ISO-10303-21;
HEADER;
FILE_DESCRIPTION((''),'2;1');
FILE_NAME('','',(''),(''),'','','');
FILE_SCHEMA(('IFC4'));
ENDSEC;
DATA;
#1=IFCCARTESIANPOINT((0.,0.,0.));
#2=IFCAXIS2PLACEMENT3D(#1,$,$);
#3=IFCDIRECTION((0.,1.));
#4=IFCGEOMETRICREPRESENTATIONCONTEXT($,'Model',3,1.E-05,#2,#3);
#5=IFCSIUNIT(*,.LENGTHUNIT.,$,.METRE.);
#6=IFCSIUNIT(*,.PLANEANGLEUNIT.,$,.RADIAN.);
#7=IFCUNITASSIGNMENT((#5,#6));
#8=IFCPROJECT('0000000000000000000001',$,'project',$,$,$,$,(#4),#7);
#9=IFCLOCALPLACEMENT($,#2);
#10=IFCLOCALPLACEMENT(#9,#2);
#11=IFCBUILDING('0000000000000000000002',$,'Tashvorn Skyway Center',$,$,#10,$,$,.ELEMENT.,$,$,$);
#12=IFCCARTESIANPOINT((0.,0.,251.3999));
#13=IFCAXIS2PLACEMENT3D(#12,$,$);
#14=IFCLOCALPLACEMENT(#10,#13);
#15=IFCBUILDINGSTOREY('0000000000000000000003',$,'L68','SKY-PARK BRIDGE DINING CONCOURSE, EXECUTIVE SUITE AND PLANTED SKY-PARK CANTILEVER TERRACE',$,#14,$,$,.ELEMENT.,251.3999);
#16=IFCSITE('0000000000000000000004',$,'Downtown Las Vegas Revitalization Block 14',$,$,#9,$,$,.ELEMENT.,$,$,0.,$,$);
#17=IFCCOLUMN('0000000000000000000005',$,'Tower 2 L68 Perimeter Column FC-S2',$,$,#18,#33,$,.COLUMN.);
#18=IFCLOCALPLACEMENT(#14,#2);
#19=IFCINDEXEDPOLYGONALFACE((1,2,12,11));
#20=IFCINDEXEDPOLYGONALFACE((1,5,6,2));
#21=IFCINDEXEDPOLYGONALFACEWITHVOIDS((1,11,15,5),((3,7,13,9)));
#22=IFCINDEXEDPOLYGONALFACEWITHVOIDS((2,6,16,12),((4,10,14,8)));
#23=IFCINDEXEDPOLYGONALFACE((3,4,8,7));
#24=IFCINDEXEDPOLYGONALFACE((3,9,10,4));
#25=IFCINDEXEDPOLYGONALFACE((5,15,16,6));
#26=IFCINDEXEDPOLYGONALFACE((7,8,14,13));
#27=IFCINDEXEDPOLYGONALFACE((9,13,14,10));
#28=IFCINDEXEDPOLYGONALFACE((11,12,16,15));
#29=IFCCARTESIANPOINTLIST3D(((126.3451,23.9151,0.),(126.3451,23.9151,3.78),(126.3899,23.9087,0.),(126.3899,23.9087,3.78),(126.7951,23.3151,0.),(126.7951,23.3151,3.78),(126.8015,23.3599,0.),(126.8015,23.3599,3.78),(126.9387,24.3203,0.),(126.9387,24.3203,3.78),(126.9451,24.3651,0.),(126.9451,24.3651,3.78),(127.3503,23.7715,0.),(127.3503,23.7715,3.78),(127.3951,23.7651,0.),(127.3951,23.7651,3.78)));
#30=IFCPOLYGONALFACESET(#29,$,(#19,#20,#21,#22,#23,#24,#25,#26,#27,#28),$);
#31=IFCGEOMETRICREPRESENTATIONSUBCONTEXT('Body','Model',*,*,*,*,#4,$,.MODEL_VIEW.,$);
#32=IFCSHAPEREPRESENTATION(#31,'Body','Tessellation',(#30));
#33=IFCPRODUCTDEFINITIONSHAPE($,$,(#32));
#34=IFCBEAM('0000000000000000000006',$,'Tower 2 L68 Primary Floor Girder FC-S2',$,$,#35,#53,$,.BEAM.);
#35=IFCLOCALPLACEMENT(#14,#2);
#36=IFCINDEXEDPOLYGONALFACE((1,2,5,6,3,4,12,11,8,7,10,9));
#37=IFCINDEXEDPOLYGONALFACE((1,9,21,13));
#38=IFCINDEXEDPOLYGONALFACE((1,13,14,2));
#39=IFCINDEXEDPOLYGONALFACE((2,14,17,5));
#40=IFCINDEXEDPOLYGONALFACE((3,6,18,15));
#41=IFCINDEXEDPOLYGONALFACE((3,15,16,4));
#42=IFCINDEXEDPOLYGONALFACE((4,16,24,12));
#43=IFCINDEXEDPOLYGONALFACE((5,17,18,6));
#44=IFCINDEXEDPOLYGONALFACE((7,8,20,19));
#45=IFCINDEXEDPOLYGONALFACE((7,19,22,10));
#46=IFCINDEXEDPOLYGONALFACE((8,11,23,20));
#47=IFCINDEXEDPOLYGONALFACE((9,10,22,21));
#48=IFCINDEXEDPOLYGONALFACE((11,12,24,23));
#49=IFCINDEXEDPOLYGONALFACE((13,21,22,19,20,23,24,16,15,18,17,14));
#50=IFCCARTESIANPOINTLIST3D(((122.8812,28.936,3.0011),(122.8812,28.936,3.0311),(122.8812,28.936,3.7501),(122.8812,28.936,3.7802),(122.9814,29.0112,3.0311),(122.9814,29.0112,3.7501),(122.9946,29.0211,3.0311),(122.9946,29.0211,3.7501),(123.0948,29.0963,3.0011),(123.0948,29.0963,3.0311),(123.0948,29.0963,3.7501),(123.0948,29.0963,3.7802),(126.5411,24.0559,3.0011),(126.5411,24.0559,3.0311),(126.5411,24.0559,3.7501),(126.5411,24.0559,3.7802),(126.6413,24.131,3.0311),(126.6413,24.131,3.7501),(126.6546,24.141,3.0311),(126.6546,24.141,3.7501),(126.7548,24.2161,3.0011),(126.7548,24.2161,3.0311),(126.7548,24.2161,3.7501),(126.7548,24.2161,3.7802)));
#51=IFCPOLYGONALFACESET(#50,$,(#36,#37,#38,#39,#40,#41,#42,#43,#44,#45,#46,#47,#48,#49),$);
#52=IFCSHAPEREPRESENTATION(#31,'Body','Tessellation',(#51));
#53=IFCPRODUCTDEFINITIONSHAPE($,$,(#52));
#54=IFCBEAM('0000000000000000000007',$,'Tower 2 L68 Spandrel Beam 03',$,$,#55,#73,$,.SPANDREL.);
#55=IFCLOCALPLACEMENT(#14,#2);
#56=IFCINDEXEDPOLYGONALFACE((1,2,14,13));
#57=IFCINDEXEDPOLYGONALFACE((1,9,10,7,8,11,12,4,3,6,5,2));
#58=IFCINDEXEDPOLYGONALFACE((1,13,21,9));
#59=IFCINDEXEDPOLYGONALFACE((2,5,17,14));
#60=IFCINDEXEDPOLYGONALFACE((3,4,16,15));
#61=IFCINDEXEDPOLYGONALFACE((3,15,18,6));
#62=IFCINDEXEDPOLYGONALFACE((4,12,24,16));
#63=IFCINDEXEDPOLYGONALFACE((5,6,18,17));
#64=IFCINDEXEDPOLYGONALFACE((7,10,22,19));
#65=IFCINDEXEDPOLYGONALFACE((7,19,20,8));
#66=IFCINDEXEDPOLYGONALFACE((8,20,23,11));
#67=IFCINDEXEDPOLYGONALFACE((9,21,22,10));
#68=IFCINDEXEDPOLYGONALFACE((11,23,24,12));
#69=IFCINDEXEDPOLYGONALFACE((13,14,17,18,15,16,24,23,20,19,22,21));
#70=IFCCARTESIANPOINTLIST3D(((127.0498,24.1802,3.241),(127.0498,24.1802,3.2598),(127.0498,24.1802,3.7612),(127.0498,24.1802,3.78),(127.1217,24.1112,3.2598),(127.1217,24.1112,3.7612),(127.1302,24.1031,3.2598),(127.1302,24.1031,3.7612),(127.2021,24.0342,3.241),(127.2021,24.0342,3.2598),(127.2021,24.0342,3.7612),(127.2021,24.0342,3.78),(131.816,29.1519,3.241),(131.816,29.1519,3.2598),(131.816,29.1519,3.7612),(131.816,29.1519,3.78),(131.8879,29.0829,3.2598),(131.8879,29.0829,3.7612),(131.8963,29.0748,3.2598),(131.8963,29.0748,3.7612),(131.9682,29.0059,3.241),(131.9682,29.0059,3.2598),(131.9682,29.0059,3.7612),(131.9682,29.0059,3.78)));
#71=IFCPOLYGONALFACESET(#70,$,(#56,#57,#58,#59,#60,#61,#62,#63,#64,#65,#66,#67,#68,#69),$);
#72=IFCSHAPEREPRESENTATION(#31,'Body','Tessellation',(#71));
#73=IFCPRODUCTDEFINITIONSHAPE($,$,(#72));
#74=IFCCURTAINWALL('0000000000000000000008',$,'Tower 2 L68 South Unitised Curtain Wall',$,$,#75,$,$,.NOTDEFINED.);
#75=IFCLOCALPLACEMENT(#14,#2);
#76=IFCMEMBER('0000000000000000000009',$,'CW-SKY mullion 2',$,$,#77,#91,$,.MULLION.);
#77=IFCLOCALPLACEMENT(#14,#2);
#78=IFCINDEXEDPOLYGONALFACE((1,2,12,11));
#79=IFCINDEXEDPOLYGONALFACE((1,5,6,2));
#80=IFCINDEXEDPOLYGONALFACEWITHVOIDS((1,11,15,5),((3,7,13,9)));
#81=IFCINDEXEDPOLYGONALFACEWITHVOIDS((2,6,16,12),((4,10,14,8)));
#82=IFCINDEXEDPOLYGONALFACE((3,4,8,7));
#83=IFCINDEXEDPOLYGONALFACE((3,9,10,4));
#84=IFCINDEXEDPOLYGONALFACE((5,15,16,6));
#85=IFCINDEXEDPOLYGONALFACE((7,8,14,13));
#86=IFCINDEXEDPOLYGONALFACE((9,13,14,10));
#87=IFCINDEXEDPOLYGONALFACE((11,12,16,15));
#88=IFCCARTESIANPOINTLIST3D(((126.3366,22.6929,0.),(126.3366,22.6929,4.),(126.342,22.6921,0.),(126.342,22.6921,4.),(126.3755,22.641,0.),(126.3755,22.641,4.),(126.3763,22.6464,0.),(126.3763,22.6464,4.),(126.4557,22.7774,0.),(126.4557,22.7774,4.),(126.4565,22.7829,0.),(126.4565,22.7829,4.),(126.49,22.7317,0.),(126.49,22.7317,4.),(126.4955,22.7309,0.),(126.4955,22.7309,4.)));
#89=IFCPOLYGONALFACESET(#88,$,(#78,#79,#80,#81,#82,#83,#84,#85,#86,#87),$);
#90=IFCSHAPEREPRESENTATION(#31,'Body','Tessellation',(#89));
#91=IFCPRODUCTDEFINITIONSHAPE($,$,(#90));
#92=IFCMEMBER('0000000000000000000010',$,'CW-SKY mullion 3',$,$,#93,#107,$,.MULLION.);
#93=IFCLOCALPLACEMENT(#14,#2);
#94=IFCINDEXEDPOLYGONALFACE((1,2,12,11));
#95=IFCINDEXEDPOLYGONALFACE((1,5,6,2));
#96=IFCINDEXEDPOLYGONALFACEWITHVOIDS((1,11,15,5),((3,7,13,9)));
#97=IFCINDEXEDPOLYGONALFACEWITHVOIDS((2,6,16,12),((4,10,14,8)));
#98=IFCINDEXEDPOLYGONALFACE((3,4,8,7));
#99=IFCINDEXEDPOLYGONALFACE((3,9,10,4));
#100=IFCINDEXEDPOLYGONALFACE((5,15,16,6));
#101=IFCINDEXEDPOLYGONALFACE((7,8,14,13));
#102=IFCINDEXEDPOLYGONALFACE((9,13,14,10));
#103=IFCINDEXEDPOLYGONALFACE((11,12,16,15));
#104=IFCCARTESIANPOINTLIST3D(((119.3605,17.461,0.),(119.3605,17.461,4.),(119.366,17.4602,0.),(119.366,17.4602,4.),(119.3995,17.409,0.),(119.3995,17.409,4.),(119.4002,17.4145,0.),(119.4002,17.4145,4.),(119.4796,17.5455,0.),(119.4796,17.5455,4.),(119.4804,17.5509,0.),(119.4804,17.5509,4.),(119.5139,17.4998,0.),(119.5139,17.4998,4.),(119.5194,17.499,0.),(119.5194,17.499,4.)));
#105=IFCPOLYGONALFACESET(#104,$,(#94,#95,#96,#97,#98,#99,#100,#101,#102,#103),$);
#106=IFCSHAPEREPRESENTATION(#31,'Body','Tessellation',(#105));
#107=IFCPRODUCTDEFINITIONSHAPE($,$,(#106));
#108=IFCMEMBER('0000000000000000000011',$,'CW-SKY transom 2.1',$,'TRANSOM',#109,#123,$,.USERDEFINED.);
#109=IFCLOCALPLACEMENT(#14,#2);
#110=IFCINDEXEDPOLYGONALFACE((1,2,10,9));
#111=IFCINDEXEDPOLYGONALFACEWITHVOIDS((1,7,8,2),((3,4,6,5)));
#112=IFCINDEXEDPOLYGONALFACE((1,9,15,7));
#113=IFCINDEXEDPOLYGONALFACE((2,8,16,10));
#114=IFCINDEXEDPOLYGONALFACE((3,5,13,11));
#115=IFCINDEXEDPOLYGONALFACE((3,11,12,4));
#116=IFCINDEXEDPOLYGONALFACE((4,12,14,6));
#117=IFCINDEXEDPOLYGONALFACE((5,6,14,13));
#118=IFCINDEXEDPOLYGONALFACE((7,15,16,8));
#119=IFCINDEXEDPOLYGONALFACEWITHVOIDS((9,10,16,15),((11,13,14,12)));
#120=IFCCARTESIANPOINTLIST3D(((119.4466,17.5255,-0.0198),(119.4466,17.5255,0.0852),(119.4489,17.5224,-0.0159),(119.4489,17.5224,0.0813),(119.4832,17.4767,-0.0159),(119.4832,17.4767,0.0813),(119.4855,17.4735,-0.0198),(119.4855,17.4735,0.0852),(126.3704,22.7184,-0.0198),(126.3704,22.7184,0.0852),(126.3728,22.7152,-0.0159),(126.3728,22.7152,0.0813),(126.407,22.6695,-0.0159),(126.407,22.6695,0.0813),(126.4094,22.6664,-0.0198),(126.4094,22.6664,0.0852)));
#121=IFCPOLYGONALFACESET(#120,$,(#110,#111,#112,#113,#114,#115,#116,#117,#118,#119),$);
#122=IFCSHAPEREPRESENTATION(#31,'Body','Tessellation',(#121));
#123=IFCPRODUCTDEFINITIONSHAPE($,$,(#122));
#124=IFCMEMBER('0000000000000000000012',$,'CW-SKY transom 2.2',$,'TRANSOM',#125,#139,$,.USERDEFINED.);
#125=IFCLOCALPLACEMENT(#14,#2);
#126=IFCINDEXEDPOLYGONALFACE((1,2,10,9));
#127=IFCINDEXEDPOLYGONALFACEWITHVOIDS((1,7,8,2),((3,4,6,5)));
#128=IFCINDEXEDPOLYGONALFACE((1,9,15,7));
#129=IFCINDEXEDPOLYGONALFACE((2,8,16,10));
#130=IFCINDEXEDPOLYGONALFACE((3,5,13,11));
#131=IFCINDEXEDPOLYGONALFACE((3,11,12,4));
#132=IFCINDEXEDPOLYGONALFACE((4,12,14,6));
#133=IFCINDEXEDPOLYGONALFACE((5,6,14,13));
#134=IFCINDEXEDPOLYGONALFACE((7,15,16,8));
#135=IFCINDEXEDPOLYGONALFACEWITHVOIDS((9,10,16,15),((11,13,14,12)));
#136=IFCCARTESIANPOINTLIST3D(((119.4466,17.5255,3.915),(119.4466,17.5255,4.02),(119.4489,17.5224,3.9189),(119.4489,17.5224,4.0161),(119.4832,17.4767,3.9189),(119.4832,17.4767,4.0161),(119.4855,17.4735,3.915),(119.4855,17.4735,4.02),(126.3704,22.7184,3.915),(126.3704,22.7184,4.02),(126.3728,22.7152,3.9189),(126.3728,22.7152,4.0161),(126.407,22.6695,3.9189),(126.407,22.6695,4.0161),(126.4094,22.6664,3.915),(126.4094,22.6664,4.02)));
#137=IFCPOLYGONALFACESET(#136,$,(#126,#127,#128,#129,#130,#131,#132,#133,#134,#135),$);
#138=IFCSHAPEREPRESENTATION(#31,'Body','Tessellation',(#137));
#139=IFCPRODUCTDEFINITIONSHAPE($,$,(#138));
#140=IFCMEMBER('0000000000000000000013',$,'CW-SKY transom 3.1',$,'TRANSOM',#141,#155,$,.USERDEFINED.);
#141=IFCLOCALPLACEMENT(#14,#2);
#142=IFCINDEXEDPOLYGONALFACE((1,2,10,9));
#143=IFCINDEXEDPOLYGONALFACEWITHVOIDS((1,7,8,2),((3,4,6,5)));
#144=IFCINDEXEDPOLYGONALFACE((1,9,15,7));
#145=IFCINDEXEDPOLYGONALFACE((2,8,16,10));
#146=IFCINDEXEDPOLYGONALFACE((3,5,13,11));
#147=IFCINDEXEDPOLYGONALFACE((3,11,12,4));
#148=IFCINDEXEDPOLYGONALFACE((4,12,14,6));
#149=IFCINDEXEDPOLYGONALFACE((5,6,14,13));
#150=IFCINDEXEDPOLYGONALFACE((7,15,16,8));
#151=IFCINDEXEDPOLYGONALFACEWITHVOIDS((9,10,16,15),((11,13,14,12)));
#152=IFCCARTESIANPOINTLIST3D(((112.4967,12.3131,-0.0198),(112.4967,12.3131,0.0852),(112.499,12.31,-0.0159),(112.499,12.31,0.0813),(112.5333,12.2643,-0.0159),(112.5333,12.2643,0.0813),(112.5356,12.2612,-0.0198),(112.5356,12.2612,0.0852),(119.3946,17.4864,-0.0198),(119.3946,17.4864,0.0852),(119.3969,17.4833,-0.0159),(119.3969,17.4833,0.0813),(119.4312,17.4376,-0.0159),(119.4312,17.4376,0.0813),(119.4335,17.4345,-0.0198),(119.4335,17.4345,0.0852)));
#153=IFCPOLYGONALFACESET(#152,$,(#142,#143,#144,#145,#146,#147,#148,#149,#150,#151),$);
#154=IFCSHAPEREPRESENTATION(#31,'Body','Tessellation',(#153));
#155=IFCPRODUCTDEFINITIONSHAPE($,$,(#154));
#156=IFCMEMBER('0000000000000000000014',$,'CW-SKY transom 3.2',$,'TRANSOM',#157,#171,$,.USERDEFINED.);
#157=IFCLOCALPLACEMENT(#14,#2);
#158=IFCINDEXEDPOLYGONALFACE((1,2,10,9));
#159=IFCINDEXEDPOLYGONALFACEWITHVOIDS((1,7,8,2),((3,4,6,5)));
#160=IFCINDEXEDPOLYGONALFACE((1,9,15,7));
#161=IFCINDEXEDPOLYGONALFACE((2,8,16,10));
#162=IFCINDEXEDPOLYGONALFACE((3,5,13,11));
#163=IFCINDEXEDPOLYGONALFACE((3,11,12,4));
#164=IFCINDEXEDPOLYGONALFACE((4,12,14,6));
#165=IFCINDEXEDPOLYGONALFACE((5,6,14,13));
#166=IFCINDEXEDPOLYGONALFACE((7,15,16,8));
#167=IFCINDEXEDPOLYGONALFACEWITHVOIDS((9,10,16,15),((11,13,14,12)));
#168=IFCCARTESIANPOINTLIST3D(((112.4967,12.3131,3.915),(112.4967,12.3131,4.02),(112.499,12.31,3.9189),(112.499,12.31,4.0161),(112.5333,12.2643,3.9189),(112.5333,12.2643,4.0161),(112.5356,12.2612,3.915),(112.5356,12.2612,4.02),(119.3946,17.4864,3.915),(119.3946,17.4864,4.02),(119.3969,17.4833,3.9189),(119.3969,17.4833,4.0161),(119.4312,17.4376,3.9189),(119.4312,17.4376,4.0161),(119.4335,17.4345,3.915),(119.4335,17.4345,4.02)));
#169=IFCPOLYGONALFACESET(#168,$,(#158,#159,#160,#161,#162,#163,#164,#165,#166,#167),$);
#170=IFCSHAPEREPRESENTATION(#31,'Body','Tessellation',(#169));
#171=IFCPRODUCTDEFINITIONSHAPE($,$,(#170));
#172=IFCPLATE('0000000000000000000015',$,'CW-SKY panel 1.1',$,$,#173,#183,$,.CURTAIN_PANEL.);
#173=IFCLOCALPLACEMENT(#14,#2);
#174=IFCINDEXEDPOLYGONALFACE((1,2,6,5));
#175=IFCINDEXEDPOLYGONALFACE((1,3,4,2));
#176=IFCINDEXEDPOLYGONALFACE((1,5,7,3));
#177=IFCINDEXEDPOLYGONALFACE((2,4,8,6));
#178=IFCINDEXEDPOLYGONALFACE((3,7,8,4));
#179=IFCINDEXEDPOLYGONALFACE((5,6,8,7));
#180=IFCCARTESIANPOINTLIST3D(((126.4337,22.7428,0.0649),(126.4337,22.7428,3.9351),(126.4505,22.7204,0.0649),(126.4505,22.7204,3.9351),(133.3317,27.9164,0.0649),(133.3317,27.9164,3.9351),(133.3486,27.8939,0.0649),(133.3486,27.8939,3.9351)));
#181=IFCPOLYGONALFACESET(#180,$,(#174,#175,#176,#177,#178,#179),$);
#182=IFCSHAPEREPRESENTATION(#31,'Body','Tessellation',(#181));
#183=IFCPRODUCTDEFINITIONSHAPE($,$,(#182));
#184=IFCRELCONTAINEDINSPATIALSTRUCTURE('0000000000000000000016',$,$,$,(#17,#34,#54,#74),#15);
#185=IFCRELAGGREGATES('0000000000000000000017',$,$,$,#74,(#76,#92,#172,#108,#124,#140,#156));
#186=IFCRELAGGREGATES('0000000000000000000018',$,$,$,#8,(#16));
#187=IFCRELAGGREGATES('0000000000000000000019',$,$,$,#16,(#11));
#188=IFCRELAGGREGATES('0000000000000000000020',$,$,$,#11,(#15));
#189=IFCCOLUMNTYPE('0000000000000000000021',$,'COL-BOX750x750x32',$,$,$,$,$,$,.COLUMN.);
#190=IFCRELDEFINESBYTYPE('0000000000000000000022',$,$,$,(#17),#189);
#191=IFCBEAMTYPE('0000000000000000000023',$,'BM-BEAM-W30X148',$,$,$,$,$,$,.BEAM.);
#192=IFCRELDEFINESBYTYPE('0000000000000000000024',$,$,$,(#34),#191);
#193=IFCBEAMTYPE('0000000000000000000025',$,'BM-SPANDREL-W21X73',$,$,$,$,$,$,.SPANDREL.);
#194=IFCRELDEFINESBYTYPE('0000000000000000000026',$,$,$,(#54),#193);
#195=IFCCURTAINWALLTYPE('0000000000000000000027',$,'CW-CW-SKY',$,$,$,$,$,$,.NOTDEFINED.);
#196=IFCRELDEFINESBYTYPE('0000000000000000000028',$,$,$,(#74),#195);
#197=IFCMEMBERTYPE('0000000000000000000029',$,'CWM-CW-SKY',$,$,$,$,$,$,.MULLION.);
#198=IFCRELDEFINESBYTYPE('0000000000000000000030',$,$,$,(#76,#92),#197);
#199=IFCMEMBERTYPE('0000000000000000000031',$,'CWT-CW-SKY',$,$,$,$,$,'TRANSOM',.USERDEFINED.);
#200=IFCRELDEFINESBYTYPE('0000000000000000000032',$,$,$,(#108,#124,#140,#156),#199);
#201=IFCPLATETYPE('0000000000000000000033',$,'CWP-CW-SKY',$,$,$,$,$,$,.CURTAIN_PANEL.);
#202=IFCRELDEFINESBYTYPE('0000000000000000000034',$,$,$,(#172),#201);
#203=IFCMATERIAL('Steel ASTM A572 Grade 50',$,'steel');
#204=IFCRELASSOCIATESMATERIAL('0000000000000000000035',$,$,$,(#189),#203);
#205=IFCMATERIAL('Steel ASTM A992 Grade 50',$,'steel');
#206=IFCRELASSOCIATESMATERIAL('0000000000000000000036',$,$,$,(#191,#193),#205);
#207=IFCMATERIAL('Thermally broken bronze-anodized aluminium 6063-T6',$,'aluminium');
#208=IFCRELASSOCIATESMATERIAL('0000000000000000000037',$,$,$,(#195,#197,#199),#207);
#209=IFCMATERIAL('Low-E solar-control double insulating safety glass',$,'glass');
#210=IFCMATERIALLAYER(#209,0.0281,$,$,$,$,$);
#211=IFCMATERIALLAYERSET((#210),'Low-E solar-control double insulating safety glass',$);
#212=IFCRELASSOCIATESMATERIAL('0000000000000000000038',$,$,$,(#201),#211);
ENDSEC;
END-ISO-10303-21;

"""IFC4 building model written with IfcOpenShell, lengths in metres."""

from ifc_helpers import new_model, si_unit, direction, frame, origin, origin_2d, place, context, subcontext, project, spatial, rectangle, hollow_rectangle, i_section, extrude, material, layer, layer_set, material_profile, profile_set, type_object, element, aggregate, save


model = new_model("IFC4")

# Units and contexts
model_context = context("Model", 3, precision=1e-05, world=origin(), true_north=direction((0.0, 1.0)))
body_context = subcontext(model_context, "Body", "Model", "MODEL_VIEW")
ifc_project = project(units=[si_unit("LENGTHUNIT", "METRE"), si_unit("PLANEANGLEUNIT", "RADIAN")], contexts=[model_context])

# Site, building, storey
site_placement = place(None, origin())
site = spatial("IfcSite", under=ifc_project, at=site_placement, Name="Downtown Las Vegas Revitalization Block 14", CompositionType="ELEMENT", RefElevation=0.0)
building_placement = place(site_placement, origin())
building = spatial("IfcBuilding", under=site, at=building_placement, Name="Tashvorn Skyway Center", CompositionType="ELEMENT")
storey_placement = place(building_placement, frame((0.0, 0.0, 251.3999)))
storey = spatial("IfcBuildingStorey", under=building, at=storey_placement, Name="L68", Description="SKY-PARK BRIDGE DINING CONCOURSE, EXECUTIVE SUITE AND PLANTED SKY-PARK CANTILEVER TERRACE", CompositionType="ELEMENT", Elevation=251.3999)

# Column
ifc_material_1 = material(Name="Steel ASTM A572 Grade 50", Category="steel")
ifc_material_profile_1 = material_profile(ifc_material_1, hollow_rectangle(XDim=0.75, YDim=0.75, WallThickness=0.032, at=origin_2d()), Name="BOX750x750x32")
ifc_profile_set_1 = profile_set([ifc_material_profile_1], Name="Steel ASTM A572 Grade 50")
column_type = type_object("IfcColumnType", Name="COL-BOX750x750x32", PredefinedType="COLUMN", material=ifc_profile_set_1)
column_placement = place(storey_placement, frame((126.8701, 23.8401, 0.0), z_axis=(0.0, 0.0, 1.0), x_axis=(0.8, 0.6, 0.0)))
element("IfcColumn", 1, at=column_placement, inside=storey, type_object=column_type, Name="Tower 2 L68 Perimeter Column FC-S2", PredefinedType="COLUMN", context=body_context, shape_type="SweptSolid", body=[
    extrude(hollow_rectangle(XDim=0.75, YDim=0.75, WallThickness=0.032, at=origin_2d()), origin(), (0.0, 0.0, 1.0), 3.78),
])

# Beams
ifc_material_2 = material(Name="Steel ASTM A992 Grade 50", Category="steel")
ifc_material_profile_2 = material_profile(ifc_material_2, i_section(OverallWidth=0.2671, OverallDepth=0.7791, WebThickness=0.0166, FlangeThickness=0.03, at=origin_2d()), Name="W30X148")
ifc_profile_set_2 = profile_set([ifc_material_profile_2], Name="Steel ASTM A992 Grade 50")
beam_type_1 = type_object("IfcBeamType", Name="BM-BEAM-W30X148", PredefinedType="BEAM", material=ifc_profile_set_2)
beam_1_placement = place(storey_placement, frame((126.6479, 24.136, 3.3906), z_axis=(-0.599981, 0.800014, 0.0), x_axis=(-0.800014, -0.599981, 0.0)))
element("IfcBeam", 2, at=beam_1_placement, inside=storey, type_object=beam_type_1, Name="Tower 2 L68 Primary Floor Girder FC-S2", PredefinedType="BEAM", context=body_context, shape_type="SweptSolid", body=[
    extrude(i_section(OverallWidth=0.2671, OverallDepth=0.7791, WebThickness=0.0166, FlangeThickness=0.03, at=origin_2d()), origin(), (0.0, 0.0, 1.0), 6.1001),
])
ifc_material_profile_3 = material_profile(ifc_material_2, i_section(OverallWidth=0.2109, OverallDepth=0.5391, WebThickness=0.0117, FlangeThickness=0.0188, at=origin_2d()), Name="W21X73")
ifc_profile_set_3 = profile_set([ifc_material_profile_3], Name="Steel ASTM A992 Grade 50")
beam_type_2 = type_object("IfcBeamType", Name="BM-SPANDREL-W21X73", PredefinedType="SPANDREL", material=ifc_profile_set_3)
beam_2_placement = place(storey_placement, frame((127.126, 24.1072, 3.5105), z_axis=(0.692025, 0.721873, 0.0), x_axis=(-0.721873, 0.692025, 0.0)))
element("IfcBeam", 3, at=beam_2_placement, inside=storey, type_object=beam_type_2, Name="Tower 2 L68 Spandrel Beam 03", PredefinedType="SPANDREL", context=body_context, shape_type="SweptSolid", body=[
    extrude(i_section(OverallWidth=0.2109, OverallDepth=0.5391, WebThickness=0.0117, FlangeThickness=0.0188, at=origin_2d()), origin(), (0.0, 0.0, 1.0), 6.8872),
])

# Curtain wall, members, plate
ifc_material_3 = material(Name="Thermally broken bronze-anodized aluminium 6063-T6", Category="aluminium")
curtain_wall_type = type_object("IfcCurtainWallType", Name="CW-CW-SKY", PredefinedType="NOTDEFINED", material=ifc_material_3)
curtain_wall_placement = place(storey_placement, origin())
curtain_wall = element("IfcCurtainWall", 4, at=curtain_wall_placement, inside=storey, type_object=curtain_wall_type, Name="Tower 2 L68 South Unitised Curtain Wall", PredefinedType="NOTDEFINED")
ifc_material_profile_4 = material_profile(ifc_material_3, hollow_rectangle(XDim=0.0649, YDim=0.1499, WallThickness=0.0039, at=origin_2d()), Name="ALU-MULL-65x150")
ifc_profile_set_4 = profile_set([ifc_material_profile_4], Name="Thermally broken bronze-anodized aluminium 6063-T6")
member_type_1 = type_object("IfcMemberType", Name="CWM-CW-SKY", PredefinedType="MULLION", material=ifc_profile_set_4)
member_1_placement = place(storey_placement, frame((126.416, 22.7119, 0.0), z_axis=(0.0, 0.0, 1.0), x_axis=(0.6, -0.8, 0.0)))
member_1 = element("IfcMember", 5, at=member_1_placement, type_object=member_type_1, Name="CW-SKY mullion 2", PredefinedType="MULLION", context=body_context, shape_type="SweptSolid", body=[
    extrude(hollow_rectangle(XDim=0.0649, YDim=0.1499, WallThickness=0.0039, at=origin_2d()), origin(), (0.0, 0.0, 1.0), 4.0),
])
member_2_placement = place(storey_placement, frame((119.4399, 17.48, 0.0), z_axis=(0.0, 0.0, 1.0), x_axis=(0.6, -0.8, 0.0)))
member_2 = element("IfcMember", 6, at=member_2_placement, type_object=member_type_1, Name="CW-SKY mullion 3", PredefinedType="MULLION", context=body_context, shape_type="SweptSolid", body=[
    extrude(hollow_rectangle(XDim=0.0649, YDim=0.1499, WallThickness=0.0039, at=origin_2d()), origin(), (0.0, 0.0, 1.0), 4.0),
])
ifc_material_profile_5 = material_profile(ifc_material_3, hollow_rectangle(XDim=0.0649, YDim=0.105, WallThickness=0.0039, at=origin_2d()), Name="ALU-TRAN-65x105")
ifc_profile_set_5 = profile_set([ifc_material_profile_5], Name="Thermally broken bronze-anodized aluminium 6063-T6")
member_type_2 = type_object("IfcMemberType", Name="CWT-CW-SKY", ElementType="TRANSOM", PredefinedType="USERDEFINED", material=ifc_profile_set_5)
member_3_placement = place(storey_placement, frame((126.3899, 22.6924, 0.0327), z_axis=(-0.8, -0.6, 0.0), x_axis=(0.6, -0.8, 0.0)))
member_3 = element("IfcMember", 7, at=member_3_placement, type_object=member_type_2, Name="CW-SKY transom 2.1", ObjectType="TRANSOM", PredefinedType="USERDEFINED", context=body_context, shape_type="SweptSolid", body=[
    extrude(hollow_rectangle(XDim=0.0649, YDim=0.105, WallThickness=0.0039, at=origin_2d()), origin(), (0.0, 0.0, 1.0), 8.6548),
])
member_4_placement = place(storey_placement, frame((126.3899, 22.6924, 3.9675), z_axis=(-0.8, -0.6, 0.0), x_axis=(0.6, -0.8, 0.0)))
member_4 = element("IfcMember", 8, at=member_4_placement, type_object=member_type_2, Name="CW-SKY transom 2.2", ObjectType="TRANSOM", PredefinedType="USERDEFINED", context=body_context, shape_type="SweptSolid", body=[
    extrude(hollow_rectangle(XDim=0.0649, YDim=0.105, WallThickness=0.0039, at=origin_2d()), origin(), (0.0, 0.0, 1.0), 8.6548),
])
member_5_placement = place(storey_placement, frame((119.4141, 17.4604, 0.0327), z_axis=(-0.800007, -0.599991, 0.0), x_axis=(0.599991, -0.800007, 0.0)))
member_5 = element("IfcMember", 9, at=member_5_placement, type_object=member_type_2, Name="CW-SKY transom 3.1", ObjectType="TRANSOM", PredefinedType="USERDEFINED", context=body_context, shape_type="SweptSolid", body=[
    extrude(hollow_rectangle(XDim=0.0649, YDim=0.105, WallThickness=0.0039, at=origin_2d()), origin(), (0.0, 0.0, 1.0), 8.6223),
])
member_6_placement = place(storey_placement, frame((119.4141, 17.4604, 3.9675), z_axis=(-0.800007, -0.599991, 0.0), x_axis=(0.599991, -0.800007, 0.0)))
member_6 = element("IfcMember", 10, at=member_6_placement, type_object=member_type_2, Name="CW-SKY transom 3.2", ObjectType="TRANSOM", PredefinedType="USERDEFINED", context=body_context, shape_type="SweptSolid", body=[
    extrude(hollow_rectangle(XDim=0.0649, YDim=0.105, WallThickness=0.0039, at=origin_2d()), origin(), (0.0, 0.0, 1.0), 8.6223),
])
ifc_material_4 = material(Name="Low-E solar-control double insulating safety glass", Category="glass")
ifc_layer_1 = layer(ifc_material_4, 0.0281)
ifc_layer_set_1 = layer_set([ifc_layer_1], Name="Low-E solar-control double insulating safety glass")
plate_type = type_object("IfcPlateType", Name="CWP-CW-SKY", PredefinedType="CURTAIN_PANEL", material=ifc_layer_set_1)
plate_1_placement = place(storey_placement, frame((129.8911, 25.3184, 0.0649), z_axis=(0.0, 0.0, 1.0), x_axis=(-0.8, -0.6, 0.0)))
plate_1 = element("IfcPlate", 11, at=plate_1_placement, type_object=plate_type, Name="CW-SKY panel 1.1", PredefinedType="CURTAIN_PANEL", context=body_context, shape_type="SweptSolid", body=[
    extrude(rectangle(XDim=8.6226, YDim=0.0281, at=origin_2d()), origin(), (0.0, 0.0, 1.0), 3.8701),
])
aggregate(curtain_wall, [member_1, member_2, plate_1, member_3, member_4, member_5, member_6])

save(model, "model.ifc")
